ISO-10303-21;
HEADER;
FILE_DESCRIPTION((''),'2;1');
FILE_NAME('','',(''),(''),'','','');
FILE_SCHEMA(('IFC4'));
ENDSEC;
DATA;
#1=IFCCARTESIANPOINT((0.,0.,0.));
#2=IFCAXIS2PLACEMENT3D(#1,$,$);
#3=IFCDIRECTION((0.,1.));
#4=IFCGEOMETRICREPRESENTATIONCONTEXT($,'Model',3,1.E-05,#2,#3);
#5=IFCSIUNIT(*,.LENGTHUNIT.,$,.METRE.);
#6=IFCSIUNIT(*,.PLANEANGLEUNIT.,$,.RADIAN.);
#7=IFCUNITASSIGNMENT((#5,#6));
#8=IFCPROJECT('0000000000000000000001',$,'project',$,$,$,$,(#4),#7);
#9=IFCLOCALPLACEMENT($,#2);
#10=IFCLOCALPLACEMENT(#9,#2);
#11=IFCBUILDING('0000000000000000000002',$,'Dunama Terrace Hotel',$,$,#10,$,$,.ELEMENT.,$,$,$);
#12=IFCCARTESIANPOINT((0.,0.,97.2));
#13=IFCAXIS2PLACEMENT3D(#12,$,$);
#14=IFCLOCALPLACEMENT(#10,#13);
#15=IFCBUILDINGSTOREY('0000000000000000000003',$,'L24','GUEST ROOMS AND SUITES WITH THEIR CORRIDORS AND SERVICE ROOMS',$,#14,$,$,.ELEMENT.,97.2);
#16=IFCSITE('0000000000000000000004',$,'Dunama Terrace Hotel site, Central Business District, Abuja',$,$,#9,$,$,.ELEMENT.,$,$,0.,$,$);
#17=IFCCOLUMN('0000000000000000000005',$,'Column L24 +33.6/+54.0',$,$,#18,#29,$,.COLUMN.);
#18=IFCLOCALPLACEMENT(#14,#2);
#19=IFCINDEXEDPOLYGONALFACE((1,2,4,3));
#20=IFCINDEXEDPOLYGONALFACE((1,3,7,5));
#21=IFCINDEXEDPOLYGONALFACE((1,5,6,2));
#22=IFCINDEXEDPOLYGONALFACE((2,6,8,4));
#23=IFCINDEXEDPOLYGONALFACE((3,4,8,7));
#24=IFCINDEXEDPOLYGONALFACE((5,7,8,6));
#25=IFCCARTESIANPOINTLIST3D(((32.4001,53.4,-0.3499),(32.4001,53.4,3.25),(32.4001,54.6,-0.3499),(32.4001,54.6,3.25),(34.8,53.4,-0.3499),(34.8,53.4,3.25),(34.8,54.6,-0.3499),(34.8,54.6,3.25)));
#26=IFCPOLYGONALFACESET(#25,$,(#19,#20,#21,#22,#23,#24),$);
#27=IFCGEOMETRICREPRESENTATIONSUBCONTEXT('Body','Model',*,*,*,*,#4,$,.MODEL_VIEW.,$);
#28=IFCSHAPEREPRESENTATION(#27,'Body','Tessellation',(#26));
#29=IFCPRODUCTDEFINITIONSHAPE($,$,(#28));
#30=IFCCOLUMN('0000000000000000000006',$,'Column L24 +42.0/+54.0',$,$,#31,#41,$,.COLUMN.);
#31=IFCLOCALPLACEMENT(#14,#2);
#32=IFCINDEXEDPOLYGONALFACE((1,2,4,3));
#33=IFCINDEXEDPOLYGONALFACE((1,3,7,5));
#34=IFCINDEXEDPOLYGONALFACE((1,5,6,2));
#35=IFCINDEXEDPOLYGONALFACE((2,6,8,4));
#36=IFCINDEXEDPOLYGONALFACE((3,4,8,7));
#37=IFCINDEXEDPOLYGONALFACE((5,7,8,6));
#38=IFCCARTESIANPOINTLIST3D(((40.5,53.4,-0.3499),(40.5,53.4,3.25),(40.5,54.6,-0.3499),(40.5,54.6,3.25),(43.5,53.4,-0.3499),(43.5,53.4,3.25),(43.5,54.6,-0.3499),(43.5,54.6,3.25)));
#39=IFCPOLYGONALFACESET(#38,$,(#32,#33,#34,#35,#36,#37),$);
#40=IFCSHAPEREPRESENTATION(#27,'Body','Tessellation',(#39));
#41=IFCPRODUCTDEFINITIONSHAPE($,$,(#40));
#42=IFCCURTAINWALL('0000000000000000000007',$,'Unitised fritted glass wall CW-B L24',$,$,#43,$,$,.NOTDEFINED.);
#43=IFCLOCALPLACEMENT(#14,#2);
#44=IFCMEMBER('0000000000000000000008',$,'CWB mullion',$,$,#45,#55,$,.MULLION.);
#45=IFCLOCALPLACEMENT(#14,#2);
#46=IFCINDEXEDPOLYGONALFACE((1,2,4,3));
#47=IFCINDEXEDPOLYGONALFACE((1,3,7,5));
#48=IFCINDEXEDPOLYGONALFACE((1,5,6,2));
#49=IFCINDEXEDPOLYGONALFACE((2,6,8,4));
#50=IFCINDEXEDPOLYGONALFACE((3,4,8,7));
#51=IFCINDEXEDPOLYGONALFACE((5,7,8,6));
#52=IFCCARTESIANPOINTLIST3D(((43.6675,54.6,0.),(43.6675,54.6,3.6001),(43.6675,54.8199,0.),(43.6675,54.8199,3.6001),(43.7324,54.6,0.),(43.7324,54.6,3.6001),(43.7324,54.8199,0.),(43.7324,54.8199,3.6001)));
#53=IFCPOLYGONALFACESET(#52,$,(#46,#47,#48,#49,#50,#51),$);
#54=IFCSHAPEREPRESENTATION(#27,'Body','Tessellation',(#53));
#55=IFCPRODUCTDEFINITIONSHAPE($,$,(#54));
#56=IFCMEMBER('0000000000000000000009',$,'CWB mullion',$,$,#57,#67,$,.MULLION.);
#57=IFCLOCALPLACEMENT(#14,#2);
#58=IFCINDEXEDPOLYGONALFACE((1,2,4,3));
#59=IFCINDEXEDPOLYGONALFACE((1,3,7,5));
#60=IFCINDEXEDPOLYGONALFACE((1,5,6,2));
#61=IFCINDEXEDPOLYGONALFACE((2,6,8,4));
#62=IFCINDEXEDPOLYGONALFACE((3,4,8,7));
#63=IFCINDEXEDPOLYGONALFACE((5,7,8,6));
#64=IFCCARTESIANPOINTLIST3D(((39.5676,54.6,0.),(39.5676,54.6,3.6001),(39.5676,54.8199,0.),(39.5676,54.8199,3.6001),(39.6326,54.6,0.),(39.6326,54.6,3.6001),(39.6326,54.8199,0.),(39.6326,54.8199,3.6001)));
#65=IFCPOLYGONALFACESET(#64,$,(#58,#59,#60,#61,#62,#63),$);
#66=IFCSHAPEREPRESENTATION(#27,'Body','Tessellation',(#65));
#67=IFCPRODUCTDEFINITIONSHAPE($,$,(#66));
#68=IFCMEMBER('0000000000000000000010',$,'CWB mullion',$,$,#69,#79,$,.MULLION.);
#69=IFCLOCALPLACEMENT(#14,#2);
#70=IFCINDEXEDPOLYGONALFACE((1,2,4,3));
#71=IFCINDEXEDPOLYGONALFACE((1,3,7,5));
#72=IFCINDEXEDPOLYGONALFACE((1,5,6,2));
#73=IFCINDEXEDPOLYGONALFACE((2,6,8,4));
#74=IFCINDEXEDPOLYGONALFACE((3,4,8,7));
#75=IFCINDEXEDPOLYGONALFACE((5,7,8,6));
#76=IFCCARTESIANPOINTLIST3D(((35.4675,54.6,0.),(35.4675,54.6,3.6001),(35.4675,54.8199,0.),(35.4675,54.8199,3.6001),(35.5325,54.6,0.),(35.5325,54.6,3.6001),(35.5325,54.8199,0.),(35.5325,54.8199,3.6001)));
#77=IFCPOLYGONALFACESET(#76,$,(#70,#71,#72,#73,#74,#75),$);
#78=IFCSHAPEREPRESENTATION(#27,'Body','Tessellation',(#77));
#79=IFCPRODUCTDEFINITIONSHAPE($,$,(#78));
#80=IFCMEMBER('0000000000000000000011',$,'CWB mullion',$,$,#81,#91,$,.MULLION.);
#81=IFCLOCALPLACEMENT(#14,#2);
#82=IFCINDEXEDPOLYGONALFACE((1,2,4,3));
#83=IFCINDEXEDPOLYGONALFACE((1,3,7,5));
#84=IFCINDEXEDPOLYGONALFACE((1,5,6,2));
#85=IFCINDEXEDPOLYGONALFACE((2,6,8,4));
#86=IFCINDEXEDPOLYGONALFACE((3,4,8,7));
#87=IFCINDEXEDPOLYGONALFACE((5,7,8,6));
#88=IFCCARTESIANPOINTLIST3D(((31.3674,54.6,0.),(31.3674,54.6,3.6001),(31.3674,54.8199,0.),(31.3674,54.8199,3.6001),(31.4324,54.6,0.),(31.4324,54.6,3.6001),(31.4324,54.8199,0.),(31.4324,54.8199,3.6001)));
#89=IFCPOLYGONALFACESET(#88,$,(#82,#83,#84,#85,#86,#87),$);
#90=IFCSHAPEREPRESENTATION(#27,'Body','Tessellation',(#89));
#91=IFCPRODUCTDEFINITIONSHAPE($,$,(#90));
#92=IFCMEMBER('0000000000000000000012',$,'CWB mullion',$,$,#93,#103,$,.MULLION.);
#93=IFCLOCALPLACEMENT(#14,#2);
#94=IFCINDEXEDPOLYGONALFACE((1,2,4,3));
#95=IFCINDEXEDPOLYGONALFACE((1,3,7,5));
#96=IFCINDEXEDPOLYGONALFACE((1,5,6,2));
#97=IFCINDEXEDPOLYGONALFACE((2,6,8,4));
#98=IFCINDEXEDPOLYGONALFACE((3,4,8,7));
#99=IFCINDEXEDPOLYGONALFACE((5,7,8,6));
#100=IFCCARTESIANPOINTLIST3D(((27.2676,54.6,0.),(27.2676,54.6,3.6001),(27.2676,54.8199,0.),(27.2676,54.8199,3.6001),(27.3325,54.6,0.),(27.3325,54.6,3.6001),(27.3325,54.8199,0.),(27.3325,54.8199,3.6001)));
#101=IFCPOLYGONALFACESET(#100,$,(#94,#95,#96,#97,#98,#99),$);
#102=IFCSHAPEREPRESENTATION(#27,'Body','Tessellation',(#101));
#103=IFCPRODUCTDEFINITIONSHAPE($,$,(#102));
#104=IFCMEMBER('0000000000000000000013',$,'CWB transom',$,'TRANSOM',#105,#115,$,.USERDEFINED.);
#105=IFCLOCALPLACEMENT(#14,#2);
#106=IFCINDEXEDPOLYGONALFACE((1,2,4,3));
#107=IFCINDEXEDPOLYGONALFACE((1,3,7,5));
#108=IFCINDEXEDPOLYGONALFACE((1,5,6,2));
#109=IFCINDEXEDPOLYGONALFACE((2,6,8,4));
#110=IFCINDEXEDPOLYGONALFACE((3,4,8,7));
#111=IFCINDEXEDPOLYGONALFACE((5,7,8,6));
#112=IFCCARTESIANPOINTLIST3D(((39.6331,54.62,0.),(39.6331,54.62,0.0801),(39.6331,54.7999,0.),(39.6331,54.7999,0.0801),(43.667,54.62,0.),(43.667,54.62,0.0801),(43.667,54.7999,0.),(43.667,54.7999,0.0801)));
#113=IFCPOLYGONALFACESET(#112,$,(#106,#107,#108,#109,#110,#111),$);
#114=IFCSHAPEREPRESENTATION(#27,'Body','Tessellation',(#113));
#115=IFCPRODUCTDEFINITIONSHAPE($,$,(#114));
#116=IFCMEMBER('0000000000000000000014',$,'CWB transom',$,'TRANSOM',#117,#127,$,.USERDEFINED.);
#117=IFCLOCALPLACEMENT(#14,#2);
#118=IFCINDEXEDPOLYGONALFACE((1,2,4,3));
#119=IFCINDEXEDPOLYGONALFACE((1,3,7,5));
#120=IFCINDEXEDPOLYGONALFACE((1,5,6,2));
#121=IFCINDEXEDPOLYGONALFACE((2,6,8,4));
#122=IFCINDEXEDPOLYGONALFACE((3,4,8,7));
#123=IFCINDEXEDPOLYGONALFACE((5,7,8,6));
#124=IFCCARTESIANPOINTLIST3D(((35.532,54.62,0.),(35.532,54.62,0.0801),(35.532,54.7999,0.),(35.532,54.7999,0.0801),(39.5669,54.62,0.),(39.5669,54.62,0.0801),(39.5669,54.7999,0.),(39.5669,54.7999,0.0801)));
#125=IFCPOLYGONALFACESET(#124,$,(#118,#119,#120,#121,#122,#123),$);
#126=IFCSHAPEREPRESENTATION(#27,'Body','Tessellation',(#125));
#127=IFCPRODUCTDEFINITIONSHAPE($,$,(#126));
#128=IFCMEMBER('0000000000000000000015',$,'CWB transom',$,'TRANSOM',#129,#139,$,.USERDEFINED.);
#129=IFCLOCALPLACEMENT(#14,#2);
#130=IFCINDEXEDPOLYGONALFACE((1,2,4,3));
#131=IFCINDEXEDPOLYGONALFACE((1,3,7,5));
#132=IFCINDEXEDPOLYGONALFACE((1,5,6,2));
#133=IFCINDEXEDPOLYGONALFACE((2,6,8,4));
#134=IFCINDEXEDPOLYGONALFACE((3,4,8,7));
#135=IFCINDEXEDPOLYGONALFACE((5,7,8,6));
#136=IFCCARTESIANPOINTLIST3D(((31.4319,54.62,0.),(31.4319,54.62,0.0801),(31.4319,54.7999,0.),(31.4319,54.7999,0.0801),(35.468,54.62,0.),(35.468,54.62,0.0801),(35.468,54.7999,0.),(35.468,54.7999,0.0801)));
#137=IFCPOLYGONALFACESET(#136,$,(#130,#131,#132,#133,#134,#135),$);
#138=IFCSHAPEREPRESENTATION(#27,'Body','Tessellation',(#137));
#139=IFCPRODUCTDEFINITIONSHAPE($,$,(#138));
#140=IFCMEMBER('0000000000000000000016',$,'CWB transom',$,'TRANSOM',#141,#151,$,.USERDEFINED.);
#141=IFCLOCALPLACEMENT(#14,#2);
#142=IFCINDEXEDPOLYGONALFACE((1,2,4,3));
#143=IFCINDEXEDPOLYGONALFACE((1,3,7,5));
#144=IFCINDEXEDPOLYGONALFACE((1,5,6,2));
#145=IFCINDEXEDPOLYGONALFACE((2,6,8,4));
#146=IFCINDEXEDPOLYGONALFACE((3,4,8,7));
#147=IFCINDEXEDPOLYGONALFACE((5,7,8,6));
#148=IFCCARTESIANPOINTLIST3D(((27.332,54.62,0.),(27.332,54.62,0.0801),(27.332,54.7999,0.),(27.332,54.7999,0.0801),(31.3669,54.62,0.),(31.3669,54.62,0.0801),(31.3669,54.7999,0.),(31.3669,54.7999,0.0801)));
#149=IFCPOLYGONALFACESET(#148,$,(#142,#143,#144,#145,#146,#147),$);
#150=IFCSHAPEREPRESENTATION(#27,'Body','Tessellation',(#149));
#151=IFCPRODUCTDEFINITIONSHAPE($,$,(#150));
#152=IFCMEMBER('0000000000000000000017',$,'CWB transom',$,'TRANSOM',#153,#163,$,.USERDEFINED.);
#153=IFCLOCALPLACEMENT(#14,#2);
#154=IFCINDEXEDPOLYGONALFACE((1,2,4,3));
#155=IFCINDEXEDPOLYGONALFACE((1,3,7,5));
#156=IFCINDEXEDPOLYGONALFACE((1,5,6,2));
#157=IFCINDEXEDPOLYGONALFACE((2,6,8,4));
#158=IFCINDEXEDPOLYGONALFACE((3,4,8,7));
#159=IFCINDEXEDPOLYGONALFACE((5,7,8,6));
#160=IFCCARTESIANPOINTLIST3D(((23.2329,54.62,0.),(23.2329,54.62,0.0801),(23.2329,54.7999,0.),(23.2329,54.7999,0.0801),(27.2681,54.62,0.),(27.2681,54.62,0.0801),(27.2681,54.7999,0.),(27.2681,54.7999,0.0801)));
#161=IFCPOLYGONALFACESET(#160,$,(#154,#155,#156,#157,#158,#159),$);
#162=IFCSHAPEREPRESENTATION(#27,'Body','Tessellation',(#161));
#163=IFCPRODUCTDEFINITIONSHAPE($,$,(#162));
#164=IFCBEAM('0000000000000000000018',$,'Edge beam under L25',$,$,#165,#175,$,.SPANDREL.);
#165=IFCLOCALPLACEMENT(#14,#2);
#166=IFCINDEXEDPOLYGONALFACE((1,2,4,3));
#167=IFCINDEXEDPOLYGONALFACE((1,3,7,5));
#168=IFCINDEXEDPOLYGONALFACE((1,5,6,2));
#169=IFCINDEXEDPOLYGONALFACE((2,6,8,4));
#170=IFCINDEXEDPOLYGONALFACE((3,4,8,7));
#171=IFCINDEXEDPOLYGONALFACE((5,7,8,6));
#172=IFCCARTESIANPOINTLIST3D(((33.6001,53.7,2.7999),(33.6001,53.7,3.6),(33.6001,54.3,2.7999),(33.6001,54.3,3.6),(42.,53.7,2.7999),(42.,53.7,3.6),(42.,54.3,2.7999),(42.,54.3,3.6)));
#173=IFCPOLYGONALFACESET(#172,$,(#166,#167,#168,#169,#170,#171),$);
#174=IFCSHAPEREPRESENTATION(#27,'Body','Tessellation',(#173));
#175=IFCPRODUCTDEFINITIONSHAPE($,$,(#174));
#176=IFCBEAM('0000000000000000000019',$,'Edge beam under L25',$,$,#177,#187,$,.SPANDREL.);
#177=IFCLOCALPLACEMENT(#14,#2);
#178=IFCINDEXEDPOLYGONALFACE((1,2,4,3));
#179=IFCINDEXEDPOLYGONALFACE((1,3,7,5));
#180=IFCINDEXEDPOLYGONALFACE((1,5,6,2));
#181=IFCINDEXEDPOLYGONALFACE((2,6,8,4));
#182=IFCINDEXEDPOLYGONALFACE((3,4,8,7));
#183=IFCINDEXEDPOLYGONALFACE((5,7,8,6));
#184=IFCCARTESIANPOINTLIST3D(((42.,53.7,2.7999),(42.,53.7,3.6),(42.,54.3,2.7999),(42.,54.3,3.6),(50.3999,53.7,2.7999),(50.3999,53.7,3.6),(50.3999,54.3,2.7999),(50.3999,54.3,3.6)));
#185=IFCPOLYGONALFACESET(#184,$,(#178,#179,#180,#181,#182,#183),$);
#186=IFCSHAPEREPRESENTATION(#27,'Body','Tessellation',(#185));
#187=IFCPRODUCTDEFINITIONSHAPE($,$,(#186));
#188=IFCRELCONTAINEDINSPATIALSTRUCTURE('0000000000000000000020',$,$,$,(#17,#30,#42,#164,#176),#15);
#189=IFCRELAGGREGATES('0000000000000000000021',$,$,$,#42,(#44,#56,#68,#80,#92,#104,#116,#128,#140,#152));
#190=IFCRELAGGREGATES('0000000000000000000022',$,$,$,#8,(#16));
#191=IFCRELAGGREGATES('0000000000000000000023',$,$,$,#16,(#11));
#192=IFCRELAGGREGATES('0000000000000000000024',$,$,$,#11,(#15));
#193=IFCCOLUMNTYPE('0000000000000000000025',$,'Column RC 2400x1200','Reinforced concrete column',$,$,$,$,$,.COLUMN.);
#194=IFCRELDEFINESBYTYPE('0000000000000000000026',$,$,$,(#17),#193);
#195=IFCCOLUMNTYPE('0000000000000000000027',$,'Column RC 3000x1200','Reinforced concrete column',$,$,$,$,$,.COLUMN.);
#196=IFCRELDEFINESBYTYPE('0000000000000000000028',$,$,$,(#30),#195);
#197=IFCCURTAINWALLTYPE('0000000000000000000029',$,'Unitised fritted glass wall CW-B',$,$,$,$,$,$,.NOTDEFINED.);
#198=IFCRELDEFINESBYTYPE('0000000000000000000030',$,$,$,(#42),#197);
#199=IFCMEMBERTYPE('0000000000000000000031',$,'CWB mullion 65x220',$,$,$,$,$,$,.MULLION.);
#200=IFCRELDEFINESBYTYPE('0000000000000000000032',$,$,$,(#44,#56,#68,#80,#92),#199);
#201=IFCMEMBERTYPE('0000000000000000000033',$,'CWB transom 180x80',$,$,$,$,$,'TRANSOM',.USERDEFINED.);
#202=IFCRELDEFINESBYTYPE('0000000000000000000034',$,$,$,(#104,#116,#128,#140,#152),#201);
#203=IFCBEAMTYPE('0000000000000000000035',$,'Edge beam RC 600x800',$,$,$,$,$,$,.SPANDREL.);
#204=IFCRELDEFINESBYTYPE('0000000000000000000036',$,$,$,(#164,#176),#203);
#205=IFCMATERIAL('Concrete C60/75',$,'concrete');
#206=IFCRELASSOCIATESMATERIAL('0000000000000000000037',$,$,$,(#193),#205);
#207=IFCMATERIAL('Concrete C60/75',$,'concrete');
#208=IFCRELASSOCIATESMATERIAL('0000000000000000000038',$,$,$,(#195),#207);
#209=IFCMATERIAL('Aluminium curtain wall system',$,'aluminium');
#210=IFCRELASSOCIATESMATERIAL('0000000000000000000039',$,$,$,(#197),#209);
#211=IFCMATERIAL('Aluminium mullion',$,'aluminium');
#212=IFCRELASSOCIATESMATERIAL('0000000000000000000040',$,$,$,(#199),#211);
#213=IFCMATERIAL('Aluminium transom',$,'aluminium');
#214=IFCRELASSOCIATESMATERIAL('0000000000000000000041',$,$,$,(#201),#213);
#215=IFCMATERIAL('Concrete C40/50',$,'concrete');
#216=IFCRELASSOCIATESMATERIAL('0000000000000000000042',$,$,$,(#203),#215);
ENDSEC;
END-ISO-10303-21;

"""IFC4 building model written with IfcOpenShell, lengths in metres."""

from ifc_helpers import new_model, si_unit, direction, frame, origin, origin_2d, place, context, subcontext, project, spatial, rectangle, extrude, material, material_profile, profile_set, type_object, element, aggregate, save


model = new_model("IFC4")

# Units and contexts
model_context = context("Model", 3, precision=1e-05, world=origin(), true_north=direction((0.0, 1.0)))
body_context = subcontext(model_context, "Body", "Model", "MODEL_VIEW")
ifc_project = project(units=[si_unit("LENGTHUNIT", "METRE"), si_unit("PLANEANGLEUNIT", "RADIAN")], contexts=[model_context])

# Site, building, storey
site_placement = place(None, origin())
site = spatial("IfcSite", under=ifc_project, at=site_placement, Name="Dunama Terrace Hotel site, Central Business District, Abuja", CompositionType="ELEMENT", RefElevation=0.0)
building_placement = place(site_placement, origin())
building = spatial("IfcBuilding", under=site, at=building_placement, Name="Dunama Terrace Hotel", CompositionType="ELEMENT")
storey_placement = place(building_placement, frame((0.0, 0.0, 97.2)))
storey = spatial("IfcBuildingStorey", under=building, at=storey_placement, Name="L24", Description="GUEST ROOMS AND SUITES WITH THEIR CORRIDORS AND SERVICE ROOMS", CompositionType="ELEMENT", Elevation=97.2)

# Columns
ifc_material_1 = material(Name="Concrete C60/75", Category="concrete")
ifc_material_profile_1 = material_profile(ifc_material_1, rectangle(XDim=2.3999, YDim=1.2, at=origin_2d()), Name="RC 2400x1200")
ifc_profile_set_1 = profile_set([ifc_material_profile_1], Name="Concrete C60/75")
column_type_1 = type_object("IfcColumnType", Name="Column RC 2400x1200", Description="Reinforced concrete column", PredefinedType="COLUMN", material=ifc_profile_set_1)
column_1_placement = place(storey_placement, frame((33.6001, 54.0, -0.3499), z_axis=(0.0, 0.0, 1.0), x_axis=(1.0, 0.0, 0.0)))
element("IfcColumn", 1, at=column_1_placement, inside=storey, type_object=column_type_1, Name="Column L24 +33.6/+54.0", PredefinedType="COLUMN", context=body_context, shape_type="SweptSolid", body=[
    extrude(rectangle(XDim=2.3999, YDim=1.2, at=origin_2d()), origin(), (0.0, 0.0, 1.0), 3.5999),
])
ifc_material_2 = material(Name="Concrete C60/75", Category="concrete")
ifc_material_profile_2 = material_profile(ifc_material_2, rectangle(XDim=3.0, YDim=1.2, at=origin_2d()), Name="RC 3000x1200")
ifc_profile_set_2 = profile_set([ifc_material_profile_2], Name="Concrete C60/75")
column_type_2 = type_object("IfcColumnType", Name="Column RC 3000x1200", Description="Reinforced concrete column", PredefinedType="COLUMN", material=ifc_profile_set_2)
column_2_placement = place(storey_placement, frame((42.0, 54.0, -0.3499), z_axis=(0.0, 0.0, 1.0), x_axis=(1.0, 0.0, 0.0)))
element("IfcColumn", 2, at=column_2_placement, inside=storey, type_object=column_type_2, Name="Column L24 +42.0/+54.0", PredefinedType="COLUMN", context=body_context, shape_type="SweptSolid", body=[
    extrude(rectangle(XDim=3.0, YDim=1.2, at=origin_2d()), origin(), (0.0, 0.0, 1.0), 3.5999),
])

# Curtain wall, members
ifc_material_3 = material(Name="Aluminium curtain wall system", Category="aluminium")
curtain_wall_type = type_object("IfcCurtainWallType", Name="Unitised fritted glass wall CW-B", PredefinedType="NOTDEFINED", material=ifc_material_3)
curtain_wall_placement = place(storey_placement, origin())
curtain_wall = element("IfcCurtainWall", 3, at=curtain_wall_placement, inside=storey, type_object=curtain_wall_type, Name="Unitised fritted glass wall CW-B L24", PredefinedType="NOTDEFINED")
ifc_material_4 = material(Name="Aluminium mullion", Category="aluminium")
ifc_material_profile_3 = material_profile(ifc_material_4, rectangle(XDim=0.0649, YDim=0.22, at=origin_2d()), Name="CWB MULLION 65X220")
ifc_profile_set_3 = profile_set([ifc_material_profile_3], Name="Aluminium mullion")
member_type_1 = type_object("IfcMemberType", Name="CWB mullion 65x220", PredefinedType="MULLION", material=ifc_profile_set_3)
member_1_placement = place(storey_placement, frame((43.7, 54.71, 0.0), z_axis=(0.0, 0.0, 1.0), x_axis=(-1.0, 0.0, 0.0)))
member_1 = element("IfcMember", 4, at=member_1_placement, type_object=member_type_1, Name="CWB mullion", PredefinedType="MULLION", context=body_context, shape_type="SweptSolid", body=[
    extrude(rectangle(XDim=0.0649, YDim=0.22, at=origin_2d()), origin(), (0.0, 0.0, 1.0), 3.6001),
])
member_2_placement = place(storey_placement, frame((39.6001, 54.71, 0.0), z_axis=(0.0, 0.0, 1.0), x_axis=(-1.0, 0.0, 0.0)))
member_2 = element("IfcMember", 5, at=member_2_placement, type_object=member_type_1, Name="CWB mullion", PredefinedType="MULLION", context=body_context, shape_type="SweptSolid", body=[
    extrude(rectangle(XDim=0.0649, YDim=0.22, at=origin_2d()), origin(), (0.0, 0.0, 1.0), 3.6001),
])
member_3_placement = place(storey_placement, frame((35.5, 54.71, 0.0), z_axis=(0.0, 0.0, 1.0), x_axis=(-1.0, 0.0, 0.0)))
member_3 = element("IfcMember", 6, at=member_3_placement, type_object=member_type_1, Name="CWB mullion", PredefinedType="MULLION", context=body_context, shape_type="SweptSolid", body=[
    extrude(rectangle(XDim=0.0649, YDim=0.22, at=origin_2d()), origin(), (0.0, 0.0, 1.0), 3.6001),
])
member_4_placement = place(storey_placement, frame((31.3999, 54.71, 0.0), z_axis=(0.0, 0.0, 1.0), x_axis=(-1.0, 0.0, 0.0)))
member_4 = element("IfcMember", 7, at=member_4_placement, type_object=member_type_1, Name="CWB mullion", PredefinedType="MULLION", context=body_context, shape_type="SweptSolid", body=[
    extrude(rectangle(XDim=0.0649, YDim=0.22, at=origin_2d()), origin(), (0.0, 0.0, 1.0), 3.6001),
])
member_5_placement = place(storey_placement, frame((27.3, 54.71, 0.0), z_axis=(0.0, 0.0, 1.0), x_axis=(-1.0, 0.0, 0.0)))
member_5 = element("IfcMember", 8, at=member_5_placement, type_object=member_type_1, Name="CWB mullion", PredefinedType="MULLION", context=body_context, shape_type="SweptSolid", body=[
    extrude(rectangle(XDim=0.0649, YDim=0.22, at=origin_2d()), origin(), (0.0, 0.0, 1.0), 3.6001),
])
ifc_material_5 = material(Name="Aluminium transom", Category="aluminium")
ifc_material_profile_4 = material_profile(ifc_material_5, rectangle(XDim=0.1799, YDim=0.0801, at=origin_2d()), Name="CWB TRANSOM 180X80")
ifc_profile_set_4 = profile_set([ifc_material_profile_4], Name="Aluminium transom")
member_type_2 = type_object("IfcMemberType", Name="CWB transom 180x80", ElementType="TRANSOM", PredefinedType="USERDEFINED", material=ifc_profile_set_4)
member_6_placement = place(storey_placement, frame((43.667, 54.71, 0.04), z_axis=(-1.0, 0.0, 0.0), x_axis=(0.0, -1.0, 0.0)))
member_6 = element("IfcMember", 9, at=member_6_placement, type_object=member_type_2, Name="CWB transom", ObjectType="TRANSOM", PredefinedType="USERDEFINED", context=body_context, shape_type="SweptSolid", body=[
    extrude(rectangle(XDim=0.1799, YDim=0.0801, at=origin_2d()), origin(), (0.0, 0.0, 1.0), 4.0339),
])
member_7_placement = place(storey_placement, frame((39.5669, 54.71, 0.04), z_axis=(-1.0, 0.0, 0.0), x_axis=(0.0, -1.0, 0.0)))
member_7 = element("IfcMember", 10, at=member_7_placement, type_object=member_type_2, Name="CWB transom", ObjectType="TRANSOM", PredefinedType="USERDEFINED", context=body_context, shape_type="SweptSolid", body=[
    extrude(rectangle(XDim=0.1799, YDim=0.0801, at=origin_2d()), origin(), (0.0, 0.0, 1.0), 4.0349),
])
member_8_placement = place(storey_placement, frame((35.468, 54.71, 0.04), z_axis=(-1.0, 0.0, 0.0), x_axis=(0.0, -1.0, 0.0)))
member_8 = element("IfcMember", 11, at=member_8_placement, type_object=member_type_2, Name="CWB transom", ObjectType="TRANSOM", PredefinedType="USERDEFINED", context=body_context, shape_type="SweptSolid", body=[
    extrude(rectangle(XDim=0.1799, YDim=0.0801, at=origin_2d()), origin(), (0.0, 0.0, 1.0), 4.0361),
])
member_9_placement = place(storey_placement, frame((31.3669, 54.71, 0.04), z_axis=(-1.0, 0.0, 0.0), x_axis=(0.0, -1.0, 0.0)))
member_9 = element("IfcMember", 12, at=member_9_placement, type_object=member_type_2, Name="CWB transom", ObjectType="TRANSOM", PredefinedType="USERDEFINED", context=body_context, shape_type="SweptSolid", body=[
    extrude(rectangle(XDim=0.1799, YDim=0.0801, at=origin_2d()), origin(), (0.0, 0.0, 1.0), 4.0349),
])
member_10_placement = place(storey_placement, frame((27.2681, 54.71, 0.04), z_axis=(-1.0, 0.0, 0.0), x_axis=(0.0, -1.0, 0.0)))
member_10 = element("IfcMember", 13, at=member_10_placement, type_object=member_type_2, Name="CWB transom", ObjectType="TRANSOM", PredefinedType="USERDEFINED", context=body_context, shape_type="SweptSolid", body=[
    extrude(rectangle(XDim=0.1799, YDim=0.0801, at=origin_2d()), origin(), (0.0, 0.0, 1.0), 4.0352),
])

# Beams
ifc_material_6 = material(Name="Concrete C40/50", Category="concrete")
ifc_material_profile_5 = material_profile(ifc_material_6, rectangle(XDim=0.6001, YDim=0.8, at=origin_2d()), Name="RC 600x800")
ifc_profile_set_5 = profile_set([ifc_material_profile_5], Name="Concrete C40/50")
beam_type = type_object("IfcBeamType", Name="Edge beam RC 600x800", PredefinedType="SPANDREL", material=ifc_profile_set_5)
for number, where, z_axis, x_axis, name in (
    (14, (33.6001, 54.0, 3.2), (1.0, 0.0, 0.0), (0.0, 1.0, 0.0), "Edge beam under L25"),
    (15, (42.0, 54.0, 3.2), (1.0, 0.0, 0.0), (0.0, 1.0, 0.0), "Edge beam under L25"),
):
    element("IfcBeam", number, at=place(storey_placement, frame(where, z_axis=z_axis, x_axis=x_axis)), inside=storey, type_object=beam_type, Name=name, PredefinedType="SPANDREL", context=body_context, shape_type="SweptSolid", body=[
        extrude(rectangle(XDim=0.6001, YDim=0.8, at=origin_2d()), origin(), (0.0, 0.0, 1.0), 8.3999),
    ])

aggregate(curtain_wall, [member_1, member_2, member_3, member_4, member_5, member_6, member_7, member_8, member_9, member_10])

save(model, "model.ifc")
